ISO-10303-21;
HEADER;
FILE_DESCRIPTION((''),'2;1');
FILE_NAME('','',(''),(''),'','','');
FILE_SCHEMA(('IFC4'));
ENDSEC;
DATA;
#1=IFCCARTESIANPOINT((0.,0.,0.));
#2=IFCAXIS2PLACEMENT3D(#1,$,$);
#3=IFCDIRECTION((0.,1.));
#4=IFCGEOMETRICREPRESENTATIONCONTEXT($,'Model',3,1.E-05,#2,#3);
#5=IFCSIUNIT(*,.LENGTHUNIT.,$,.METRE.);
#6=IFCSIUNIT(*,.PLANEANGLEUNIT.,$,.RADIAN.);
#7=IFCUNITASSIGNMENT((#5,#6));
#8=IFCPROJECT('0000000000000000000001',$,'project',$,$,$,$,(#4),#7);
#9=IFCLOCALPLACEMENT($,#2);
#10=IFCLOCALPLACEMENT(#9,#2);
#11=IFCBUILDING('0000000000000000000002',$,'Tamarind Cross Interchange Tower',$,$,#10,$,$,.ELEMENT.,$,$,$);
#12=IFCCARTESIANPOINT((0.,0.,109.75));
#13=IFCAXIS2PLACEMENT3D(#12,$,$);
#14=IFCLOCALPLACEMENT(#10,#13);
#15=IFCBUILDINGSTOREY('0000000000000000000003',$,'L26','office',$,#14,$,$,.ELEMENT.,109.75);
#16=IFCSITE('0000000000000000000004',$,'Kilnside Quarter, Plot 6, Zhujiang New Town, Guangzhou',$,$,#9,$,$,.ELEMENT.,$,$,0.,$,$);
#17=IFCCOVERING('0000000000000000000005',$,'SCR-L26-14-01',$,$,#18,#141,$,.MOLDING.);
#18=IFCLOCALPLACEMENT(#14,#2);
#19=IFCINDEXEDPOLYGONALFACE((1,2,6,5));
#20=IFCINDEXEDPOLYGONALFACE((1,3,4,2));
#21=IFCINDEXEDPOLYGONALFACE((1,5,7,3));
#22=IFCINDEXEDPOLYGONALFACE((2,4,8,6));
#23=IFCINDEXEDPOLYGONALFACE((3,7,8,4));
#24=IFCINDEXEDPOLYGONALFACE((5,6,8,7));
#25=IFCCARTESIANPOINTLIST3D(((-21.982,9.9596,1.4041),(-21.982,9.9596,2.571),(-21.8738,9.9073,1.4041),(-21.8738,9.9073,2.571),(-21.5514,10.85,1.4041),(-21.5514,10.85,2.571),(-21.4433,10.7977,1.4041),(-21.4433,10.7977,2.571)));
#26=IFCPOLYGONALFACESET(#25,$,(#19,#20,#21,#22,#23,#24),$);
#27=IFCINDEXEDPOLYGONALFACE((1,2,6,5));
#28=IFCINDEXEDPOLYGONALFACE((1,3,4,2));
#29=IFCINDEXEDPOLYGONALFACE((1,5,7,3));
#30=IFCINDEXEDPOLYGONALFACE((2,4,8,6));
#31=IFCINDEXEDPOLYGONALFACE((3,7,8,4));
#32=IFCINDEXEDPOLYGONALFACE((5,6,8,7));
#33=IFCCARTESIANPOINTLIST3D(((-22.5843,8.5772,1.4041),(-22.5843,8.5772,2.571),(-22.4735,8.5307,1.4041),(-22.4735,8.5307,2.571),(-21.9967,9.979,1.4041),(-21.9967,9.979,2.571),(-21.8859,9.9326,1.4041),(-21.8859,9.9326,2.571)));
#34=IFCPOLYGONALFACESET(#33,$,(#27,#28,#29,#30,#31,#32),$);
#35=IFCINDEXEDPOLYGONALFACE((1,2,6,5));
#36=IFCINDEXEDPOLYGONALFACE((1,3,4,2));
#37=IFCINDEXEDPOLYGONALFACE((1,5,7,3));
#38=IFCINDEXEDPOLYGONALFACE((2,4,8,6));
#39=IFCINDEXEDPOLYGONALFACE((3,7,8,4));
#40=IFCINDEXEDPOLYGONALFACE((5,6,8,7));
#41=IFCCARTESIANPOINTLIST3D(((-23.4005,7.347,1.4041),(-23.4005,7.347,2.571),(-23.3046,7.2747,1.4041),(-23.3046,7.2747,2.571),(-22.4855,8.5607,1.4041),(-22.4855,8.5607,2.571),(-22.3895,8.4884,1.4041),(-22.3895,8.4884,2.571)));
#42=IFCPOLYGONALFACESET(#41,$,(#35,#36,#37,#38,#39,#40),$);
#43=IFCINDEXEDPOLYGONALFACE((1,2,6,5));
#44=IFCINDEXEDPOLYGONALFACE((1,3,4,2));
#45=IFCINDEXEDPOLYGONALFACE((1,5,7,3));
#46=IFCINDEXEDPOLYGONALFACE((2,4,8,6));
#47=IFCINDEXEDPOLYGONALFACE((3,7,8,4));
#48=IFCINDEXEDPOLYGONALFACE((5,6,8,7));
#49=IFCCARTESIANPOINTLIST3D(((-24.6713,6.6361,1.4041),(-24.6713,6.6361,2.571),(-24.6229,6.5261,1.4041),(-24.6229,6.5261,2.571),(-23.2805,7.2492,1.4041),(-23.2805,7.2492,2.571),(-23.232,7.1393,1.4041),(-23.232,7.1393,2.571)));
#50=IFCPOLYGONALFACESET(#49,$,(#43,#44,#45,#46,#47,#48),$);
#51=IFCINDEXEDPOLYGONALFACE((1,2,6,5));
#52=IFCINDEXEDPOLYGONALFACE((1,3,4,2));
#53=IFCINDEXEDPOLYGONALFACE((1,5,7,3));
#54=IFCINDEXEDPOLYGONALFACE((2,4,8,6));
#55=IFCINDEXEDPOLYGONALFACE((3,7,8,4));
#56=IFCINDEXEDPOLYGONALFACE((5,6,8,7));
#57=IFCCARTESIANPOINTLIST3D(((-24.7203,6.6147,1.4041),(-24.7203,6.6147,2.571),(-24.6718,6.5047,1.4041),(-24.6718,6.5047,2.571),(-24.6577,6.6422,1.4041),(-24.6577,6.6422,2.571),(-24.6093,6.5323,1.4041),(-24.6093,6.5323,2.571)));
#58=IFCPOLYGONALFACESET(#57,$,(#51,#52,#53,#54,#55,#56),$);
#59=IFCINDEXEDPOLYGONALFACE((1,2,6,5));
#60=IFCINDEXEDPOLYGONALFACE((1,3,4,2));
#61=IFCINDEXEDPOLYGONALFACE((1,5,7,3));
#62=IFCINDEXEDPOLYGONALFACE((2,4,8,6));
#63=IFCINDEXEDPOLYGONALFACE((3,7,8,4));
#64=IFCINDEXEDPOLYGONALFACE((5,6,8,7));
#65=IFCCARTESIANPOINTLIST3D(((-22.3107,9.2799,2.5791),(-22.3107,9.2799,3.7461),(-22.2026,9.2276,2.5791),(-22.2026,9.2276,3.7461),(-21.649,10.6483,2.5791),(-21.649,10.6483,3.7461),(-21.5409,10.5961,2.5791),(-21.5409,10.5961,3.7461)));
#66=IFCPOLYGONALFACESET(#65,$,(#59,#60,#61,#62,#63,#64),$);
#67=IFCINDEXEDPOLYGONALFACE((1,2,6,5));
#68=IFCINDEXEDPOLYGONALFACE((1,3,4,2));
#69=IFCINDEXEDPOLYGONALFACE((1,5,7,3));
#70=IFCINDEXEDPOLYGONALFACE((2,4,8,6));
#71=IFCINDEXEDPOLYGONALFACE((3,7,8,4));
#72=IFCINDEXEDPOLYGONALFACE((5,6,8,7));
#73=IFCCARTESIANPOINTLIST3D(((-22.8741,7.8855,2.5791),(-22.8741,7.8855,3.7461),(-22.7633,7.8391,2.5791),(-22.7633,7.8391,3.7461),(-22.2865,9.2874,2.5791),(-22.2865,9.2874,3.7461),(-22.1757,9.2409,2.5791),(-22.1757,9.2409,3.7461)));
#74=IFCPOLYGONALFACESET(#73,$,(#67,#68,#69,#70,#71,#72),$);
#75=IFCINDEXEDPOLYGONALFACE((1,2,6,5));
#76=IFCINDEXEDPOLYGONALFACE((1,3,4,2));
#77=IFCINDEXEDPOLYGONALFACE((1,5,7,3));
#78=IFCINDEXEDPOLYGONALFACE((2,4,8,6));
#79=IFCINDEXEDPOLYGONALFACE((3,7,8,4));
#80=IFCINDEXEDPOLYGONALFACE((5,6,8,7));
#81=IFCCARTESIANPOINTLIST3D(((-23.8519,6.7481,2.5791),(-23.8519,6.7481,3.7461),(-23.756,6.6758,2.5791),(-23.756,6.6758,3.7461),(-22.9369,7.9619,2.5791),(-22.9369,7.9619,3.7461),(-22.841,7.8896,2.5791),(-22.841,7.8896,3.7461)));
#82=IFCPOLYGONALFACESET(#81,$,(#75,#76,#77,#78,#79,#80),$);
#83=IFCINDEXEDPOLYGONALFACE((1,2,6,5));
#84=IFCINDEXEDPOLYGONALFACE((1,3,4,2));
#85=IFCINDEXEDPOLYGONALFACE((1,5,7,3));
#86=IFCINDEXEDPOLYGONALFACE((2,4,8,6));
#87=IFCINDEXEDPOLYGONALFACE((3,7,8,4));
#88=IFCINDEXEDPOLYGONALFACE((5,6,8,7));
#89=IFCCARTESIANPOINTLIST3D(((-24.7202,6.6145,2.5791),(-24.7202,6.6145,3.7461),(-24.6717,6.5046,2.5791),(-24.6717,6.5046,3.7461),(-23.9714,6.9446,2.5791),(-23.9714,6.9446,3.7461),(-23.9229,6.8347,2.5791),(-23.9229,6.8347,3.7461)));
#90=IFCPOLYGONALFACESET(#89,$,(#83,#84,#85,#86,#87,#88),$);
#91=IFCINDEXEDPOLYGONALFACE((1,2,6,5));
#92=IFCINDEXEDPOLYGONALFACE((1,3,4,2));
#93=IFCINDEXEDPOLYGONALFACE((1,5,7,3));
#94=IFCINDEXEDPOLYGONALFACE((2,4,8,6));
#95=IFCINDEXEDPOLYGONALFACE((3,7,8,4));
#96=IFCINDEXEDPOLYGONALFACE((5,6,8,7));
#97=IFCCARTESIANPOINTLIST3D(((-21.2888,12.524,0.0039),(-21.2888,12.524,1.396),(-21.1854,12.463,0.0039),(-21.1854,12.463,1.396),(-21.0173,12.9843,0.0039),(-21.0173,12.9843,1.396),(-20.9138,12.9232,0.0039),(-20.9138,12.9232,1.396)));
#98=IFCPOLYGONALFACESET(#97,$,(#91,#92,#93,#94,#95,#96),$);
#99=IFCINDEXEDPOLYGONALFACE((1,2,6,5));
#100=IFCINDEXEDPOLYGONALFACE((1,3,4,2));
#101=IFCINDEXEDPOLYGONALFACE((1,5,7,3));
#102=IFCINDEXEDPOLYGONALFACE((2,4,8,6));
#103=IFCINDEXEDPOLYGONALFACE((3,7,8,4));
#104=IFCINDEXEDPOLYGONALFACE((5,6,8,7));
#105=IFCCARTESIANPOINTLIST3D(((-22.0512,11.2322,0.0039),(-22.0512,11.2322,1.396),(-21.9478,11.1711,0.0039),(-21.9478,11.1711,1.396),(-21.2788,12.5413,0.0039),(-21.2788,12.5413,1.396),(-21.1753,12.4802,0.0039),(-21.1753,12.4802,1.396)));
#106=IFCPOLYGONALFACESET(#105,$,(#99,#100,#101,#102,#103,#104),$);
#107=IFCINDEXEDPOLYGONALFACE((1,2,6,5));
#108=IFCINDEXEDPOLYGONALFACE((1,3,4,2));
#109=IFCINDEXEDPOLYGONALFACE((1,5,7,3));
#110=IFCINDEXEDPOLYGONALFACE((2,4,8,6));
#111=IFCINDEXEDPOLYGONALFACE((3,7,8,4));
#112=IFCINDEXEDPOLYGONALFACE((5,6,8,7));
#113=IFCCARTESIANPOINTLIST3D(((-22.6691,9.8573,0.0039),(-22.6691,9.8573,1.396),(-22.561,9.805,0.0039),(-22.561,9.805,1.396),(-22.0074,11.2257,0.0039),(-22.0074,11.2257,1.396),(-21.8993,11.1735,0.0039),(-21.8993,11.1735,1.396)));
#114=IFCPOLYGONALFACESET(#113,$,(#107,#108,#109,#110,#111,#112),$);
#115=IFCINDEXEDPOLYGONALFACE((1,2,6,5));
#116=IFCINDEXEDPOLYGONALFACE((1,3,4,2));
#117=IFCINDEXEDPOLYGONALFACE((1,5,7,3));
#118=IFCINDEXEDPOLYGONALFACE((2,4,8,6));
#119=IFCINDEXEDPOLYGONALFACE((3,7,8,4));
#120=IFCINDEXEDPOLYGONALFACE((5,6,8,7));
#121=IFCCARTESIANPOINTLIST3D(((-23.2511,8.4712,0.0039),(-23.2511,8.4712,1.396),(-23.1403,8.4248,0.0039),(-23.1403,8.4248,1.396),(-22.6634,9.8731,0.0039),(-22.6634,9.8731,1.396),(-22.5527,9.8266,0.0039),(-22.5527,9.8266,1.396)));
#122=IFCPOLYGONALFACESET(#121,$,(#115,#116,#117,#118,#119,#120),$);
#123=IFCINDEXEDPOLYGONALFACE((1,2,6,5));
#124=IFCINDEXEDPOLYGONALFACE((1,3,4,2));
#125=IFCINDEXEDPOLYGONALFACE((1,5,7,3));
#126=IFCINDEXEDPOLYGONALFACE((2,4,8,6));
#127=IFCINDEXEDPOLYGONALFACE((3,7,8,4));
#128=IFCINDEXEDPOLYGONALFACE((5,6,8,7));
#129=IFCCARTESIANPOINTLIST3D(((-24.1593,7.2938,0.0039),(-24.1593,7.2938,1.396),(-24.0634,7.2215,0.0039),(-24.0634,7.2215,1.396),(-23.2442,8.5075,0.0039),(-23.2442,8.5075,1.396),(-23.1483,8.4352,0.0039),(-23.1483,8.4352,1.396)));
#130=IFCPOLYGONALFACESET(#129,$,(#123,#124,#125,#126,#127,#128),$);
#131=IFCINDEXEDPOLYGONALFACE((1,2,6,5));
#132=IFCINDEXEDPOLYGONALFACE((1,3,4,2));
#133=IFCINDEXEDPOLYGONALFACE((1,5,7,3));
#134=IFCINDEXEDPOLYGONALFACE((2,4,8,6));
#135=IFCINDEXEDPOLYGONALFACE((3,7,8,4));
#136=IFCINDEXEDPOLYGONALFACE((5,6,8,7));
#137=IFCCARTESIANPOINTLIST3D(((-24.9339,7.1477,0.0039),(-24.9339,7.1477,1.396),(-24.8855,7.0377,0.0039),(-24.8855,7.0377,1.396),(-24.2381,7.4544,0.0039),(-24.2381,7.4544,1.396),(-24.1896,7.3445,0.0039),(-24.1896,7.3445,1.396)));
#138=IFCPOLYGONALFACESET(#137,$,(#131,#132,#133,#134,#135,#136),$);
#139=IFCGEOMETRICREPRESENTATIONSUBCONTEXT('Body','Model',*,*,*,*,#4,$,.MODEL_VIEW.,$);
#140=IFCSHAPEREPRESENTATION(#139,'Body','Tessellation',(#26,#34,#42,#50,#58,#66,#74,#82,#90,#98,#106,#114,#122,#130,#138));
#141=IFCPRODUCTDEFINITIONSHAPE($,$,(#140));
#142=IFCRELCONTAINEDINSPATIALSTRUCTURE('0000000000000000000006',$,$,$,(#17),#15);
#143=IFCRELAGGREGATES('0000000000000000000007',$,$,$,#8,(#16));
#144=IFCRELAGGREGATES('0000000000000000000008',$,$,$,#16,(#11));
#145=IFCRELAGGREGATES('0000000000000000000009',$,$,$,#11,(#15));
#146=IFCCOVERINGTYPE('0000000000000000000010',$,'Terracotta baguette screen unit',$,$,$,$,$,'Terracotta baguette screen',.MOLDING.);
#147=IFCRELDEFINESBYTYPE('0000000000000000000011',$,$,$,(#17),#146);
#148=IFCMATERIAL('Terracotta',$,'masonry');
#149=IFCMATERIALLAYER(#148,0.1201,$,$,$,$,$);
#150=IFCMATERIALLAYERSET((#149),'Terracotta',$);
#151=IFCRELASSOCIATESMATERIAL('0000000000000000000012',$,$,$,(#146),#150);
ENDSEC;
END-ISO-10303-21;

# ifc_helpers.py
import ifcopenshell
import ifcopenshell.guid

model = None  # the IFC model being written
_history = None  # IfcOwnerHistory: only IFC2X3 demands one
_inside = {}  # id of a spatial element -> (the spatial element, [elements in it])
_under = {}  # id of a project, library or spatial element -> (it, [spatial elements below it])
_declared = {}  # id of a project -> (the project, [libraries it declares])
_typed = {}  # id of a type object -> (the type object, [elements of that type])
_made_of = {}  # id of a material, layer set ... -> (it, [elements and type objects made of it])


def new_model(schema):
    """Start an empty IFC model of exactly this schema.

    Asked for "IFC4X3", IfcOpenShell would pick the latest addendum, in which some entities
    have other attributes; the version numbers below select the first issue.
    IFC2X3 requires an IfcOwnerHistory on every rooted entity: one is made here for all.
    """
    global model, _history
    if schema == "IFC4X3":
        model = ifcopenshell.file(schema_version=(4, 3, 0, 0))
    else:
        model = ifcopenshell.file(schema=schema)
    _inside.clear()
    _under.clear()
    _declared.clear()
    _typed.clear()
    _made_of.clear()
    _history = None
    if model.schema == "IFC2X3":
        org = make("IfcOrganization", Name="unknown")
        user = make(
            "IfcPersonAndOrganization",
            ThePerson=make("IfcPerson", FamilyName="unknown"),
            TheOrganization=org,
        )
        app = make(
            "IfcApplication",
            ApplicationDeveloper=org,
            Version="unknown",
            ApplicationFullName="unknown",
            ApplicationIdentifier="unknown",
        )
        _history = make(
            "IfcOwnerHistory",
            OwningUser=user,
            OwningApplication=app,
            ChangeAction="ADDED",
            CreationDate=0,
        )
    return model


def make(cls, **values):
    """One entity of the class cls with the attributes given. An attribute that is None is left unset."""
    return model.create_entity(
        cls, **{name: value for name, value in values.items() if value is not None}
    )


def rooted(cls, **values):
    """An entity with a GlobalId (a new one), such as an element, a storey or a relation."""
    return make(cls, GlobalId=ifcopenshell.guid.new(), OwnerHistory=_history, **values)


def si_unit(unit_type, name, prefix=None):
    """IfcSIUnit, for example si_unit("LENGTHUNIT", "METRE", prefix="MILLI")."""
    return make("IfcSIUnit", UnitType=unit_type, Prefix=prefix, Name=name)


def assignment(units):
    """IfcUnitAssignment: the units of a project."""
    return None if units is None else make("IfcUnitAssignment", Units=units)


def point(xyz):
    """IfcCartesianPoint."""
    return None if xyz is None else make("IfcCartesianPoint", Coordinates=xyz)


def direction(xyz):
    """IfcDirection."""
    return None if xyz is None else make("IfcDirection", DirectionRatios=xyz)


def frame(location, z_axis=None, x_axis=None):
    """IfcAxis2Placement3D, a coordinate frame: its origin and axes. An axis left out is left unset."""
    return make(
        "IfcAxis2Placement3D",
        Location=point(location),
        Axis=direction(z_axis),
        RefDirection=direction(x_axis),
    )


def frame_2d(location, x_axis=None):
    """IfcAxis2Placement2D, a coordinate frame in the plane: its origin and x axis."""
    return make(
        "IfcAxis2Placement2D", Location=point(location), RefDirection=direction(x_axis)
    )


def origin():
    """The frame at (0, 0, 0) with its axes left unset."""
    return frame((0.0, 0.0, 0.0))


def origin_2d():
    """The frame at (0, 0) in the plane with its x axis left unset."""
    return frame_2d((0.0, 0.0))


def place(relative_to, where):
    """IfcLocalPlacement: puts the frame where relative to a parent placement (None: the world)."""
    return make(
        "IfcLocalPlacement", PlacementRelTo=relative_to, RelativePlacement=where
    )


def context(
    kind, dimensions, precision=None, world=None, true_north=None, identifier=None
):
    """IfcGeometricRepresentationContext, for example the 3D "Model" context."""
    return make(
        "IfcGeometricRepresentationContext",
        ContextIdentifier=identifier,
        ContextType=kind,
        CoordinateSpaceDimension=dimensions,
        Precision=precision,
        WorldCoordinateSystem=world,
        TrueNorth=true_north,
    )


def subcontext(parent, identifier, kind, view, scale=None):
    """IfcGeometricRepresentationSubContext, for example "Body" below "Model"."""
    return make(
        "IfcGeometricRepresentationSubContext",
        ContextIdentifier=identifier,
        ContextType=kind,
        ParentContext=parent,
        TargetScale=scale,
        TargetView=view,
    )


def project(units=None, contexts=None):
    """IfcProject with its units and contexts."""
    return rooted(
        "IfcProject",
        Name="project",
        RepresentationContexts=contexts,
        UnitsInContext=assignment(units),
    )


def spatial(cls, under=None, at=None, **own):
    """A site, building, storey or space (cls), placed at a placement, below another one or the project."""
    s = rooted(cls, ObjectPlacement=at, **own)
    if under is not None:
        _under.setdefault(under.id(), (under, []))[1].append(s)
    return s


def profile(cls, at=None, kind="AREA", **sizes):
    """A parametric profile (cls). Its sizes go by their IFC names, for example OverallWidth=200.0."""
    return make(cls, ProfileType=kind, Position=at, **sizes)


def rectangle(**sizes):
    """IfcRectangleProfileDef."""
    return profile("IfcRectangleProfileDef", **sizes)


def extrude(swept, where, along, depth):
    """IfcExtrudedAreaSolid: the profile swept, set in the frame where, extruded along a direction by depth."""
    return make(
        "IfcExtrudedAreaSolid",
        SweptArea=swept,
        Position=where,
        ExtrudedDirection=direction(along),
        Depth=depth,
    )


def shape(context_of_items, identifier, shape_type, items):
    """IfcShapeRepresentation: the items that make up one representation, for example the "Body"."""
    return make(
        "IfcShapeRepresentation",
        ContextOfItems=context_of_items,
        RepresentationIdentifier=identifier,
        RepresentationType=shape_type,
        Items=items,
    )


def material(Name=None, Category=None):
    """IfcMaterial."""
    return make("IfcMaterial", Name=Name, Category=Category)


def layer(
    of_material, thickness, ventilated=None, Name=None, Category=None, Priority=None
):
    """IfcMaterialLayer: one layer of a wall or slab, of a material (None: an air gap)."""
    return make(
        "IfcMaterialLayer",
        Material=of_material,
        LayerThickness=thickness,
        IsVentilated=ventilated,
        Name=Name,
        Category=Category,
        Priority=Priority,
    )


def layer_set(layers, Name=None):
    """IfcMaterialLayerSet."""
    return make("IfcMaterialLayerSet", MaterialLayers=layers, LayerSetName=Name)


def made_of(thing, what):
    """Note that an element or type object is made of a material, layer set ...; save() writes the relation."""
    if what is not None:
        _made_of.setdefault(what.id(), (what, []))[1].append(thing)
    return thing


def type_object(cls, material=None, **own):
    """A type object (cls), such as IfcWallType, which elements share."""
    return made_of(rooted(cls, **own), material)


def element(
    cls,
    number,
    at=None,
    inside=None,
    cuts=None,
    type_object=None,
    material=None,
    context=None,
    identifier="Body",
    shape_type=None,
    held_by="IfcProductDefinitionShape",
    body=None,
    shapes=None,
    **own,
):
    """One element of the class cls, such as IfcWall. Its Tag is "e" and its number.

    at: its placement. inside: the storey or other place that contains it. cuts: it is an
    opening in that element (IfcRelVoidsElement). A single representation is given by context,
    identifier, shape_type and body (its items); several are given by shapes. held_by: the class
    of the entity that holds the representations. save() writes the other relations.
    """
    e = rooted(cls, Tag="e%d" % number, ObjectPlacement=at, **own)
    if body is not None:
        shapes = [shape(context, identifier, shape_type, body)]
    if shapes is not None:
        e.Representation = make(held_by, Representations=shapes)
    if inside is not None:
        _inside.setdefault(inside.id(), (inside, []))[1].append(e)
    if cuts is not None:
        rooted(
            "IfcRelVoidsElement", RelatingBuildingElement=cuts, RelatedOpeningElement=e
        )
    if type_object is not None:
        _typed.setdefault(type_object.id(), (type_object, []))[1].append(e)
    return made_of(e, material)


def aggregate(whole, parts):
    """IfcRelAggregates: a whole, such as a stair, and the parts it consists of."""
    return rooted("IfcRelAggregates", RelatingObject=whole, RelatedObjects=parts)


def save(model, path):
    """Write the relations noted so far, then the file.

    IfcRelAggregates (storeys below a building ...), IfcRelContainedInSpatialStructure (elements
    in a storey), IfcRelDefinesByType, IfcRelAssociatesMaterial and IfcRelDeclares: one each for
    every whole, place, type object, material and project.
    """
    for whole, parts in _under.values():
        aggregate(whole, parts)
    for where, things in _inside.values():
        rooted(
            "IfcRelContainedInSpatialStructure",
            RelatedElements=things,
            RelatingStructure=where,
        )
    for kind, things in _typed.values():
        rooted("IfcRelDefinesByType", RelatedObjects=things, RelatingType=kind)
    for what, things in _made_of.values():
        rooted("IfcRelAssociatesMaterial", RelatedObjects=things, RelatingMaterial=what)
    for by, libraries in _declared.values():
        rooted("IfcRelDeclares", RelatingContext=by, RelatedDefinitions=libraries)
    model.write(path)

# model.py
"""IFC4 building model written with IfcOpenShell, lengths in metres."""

from ifc_helpers import new_model, si_unit, direction, frame, origin, origin_2d, place, context, subcontext, project, spatial, rectangle, extrude, material, layer, layer_set, type_object, element, save


model = new_model("IFC4")

# Units and contexts
model_context = context("Model", 3, precision=1e-05, world=origin(), true_north=direction((0.0, 1.0)))
body_context = subcontext(model_context, "Body", "Model", "MODEL_VIEW")
ifc_project = project(units=[si_unit("LENGTHUNIT", "METRE"), si_unit("PLANEANGLEUNIT", "RADIAN")], contexts=[model_context])

# Site, building, storey
site_placement = place(None, origin())
site = spatial("IfcSite", under=ifc_project, at=site_placement, Name="Kilnside Quarter, Plot 6, Zhujiang New Town, Guangzhou", CompositionType="ELEMENT", RefElevation=0.0)
building_placement = place(site_placement, origin())
building = spatial("IfcBuilding", under=site, at=building_placement, Name="Tamarind Cross Interchange Tower", CompositionType="ELEMENT")
storey_placement = place(building_placement, frame((0.0, 0.0, 109.75)))
storey = spatial("IfcBuildingStorey", under=building, at=storey_placement, Name="L26", Description="office", CompositionType="ELEMENT", Elevation=109.75)

# Covering
ifc_material_1 = material(Name="Terracotta", Category="masonry")
ifc_layer_1 = layer(ifc_material_1, 0.1201)
ifc_layer_set_1 = layer_set([ifc_layer_1], Name="Terracotta")
covering_type = type_object("IfcCoveringType", Name="Terracotta baguette screen unit", ElementType="Terracotta baguette screen", PredefinedType="MOLDING", material=ifc_layer_set_1)
covering_1_placement = place(storey_placement, origin())
element("IfcCovering", 1, at=covering_1_placement, inside=storey, type_object=covering_type, Name="SCR-L26-14-01", PredefinedType="MOLDING", context=body_context, shape_type="SweptSolid", body=[
    extrude(rectangle(XDim=0.989, YDim=0.1201, at=origin_2d()), frame((-21.7126, 10.3787, 1.4041), z_axis=(0.0, 0.0, 1.0), x_axis=(-0.435326, -0.900273, 0.0)), (0.0, 0.0, 1.0), 1.167),
    extrude(rectangle(XDim=1.52, YDim=0.1201, at=origin_2d()), frame((-22.2351, 9.2549, 1.4041), z_axis=(0.0, 0.0, 1.0), x_axis=(-0.386587, -0.922253, 0.0)), (0.0, 0.0, 1.0), 1.167),
    extrude(rectangle(XDim=1.52, YDim=0.1201, at=origin_2d()), frame((-22.895, 7.9177, 1.4041), z_axis=(0.0, 0.0, 1.0), x_axis=(-0.601994, -0.798501, 0.0)), (0.0, 0.0, 1.0), 1.167),
    extrude(rectangle(XDim=1.52, YDim=0.1201, at=origin_2d()), frame((-23.9517, 6.8877, 1.4041), z_axis=(0.0, 0.0, 1.0), x_axis=(-0.915017, -0.403415, 0.0)), (0.0, 0.0, 1.0), 1.167),
    extrude(rectangle(XDim=0.0684, YDim=0.1201, at=origin_2d()), frame((-24.6648, 6.5735, 1.4041), z_axis=(0.0, 0.0, 1.0), x_axis=(-0.915017, -0.403415, 0.0)), (0.0, 0.0, 1.0), 1.167),
    extrude(rectangle(XDim=1.52, YDim=0.1201, at=origin_2d()), frame((-21.9258, 9.938, 2.5791), z_axis=(0.0, 0.0, 1.0), x_axis=(-0.435326, -0.900273, 0.0)), (0.0, 0.0, 1.0), 1.167),
    extrude(rectangle(XDim=1.52, YDim=0.1201, at=origin_2d()), frame((-22.5249, 8.5632, 2.5791), z_axis=(0.0, 0.0, 1.0), x_axis=(-0.386587, -0.922253, 0.0)), (0.0, 0.0, 1.0), 1.167),
    extrude(rectangle(XDim=1.52, YDim=0.1201, at=origin_2d()), frame((-23.3464, 7.3188, 2.5791), z_axis=(0.0, 0.0, 1.0), x_axis=(-0.601994, -0.798501, 0.0)), (0.0, 0.0, 1.0), 1.167),
    extrude(rectangle(XDim=0.8184, YDim=0.1201, at=origin_2d()), frame((-24.3215, 6.7246, 2.5791), z_axis=(0.0, 0.0, 1.0), x_axis=(-0.915017, -0.403415, 0.0)), (0.0, 0.0, 1.0), 1.167),
    extrude(rectangle(XDim=0.5344, YDim=0.1201, at=origin_2d()), frame((-21.1013, 12.7236, 0.0039), z_axis=(0.0, 0.0, 1.0), x_axis=(-0.508183, -0.861249, 0.0)), (0.0, 0.0, 1.0), 1.3921),
    extrude(rectangle(XDim=1.52, YDim=0.1201, at=origin_2d()), frame((-21.6133, 11.8562, 0.0039), z_axis=(0.0, 0.0, 1.0), x_axis=(-0.508183, -0.861249, 0.0)), (0.0, 0.0, 1.0), 1.3921),
    extrude(rectangle(XDim=1.52, YDim=0.1201, at=origin_2d()), frame((-22.2842, 10.5154, 0.0039), z_axis=(0.0, 0.0, 1.0), x_axis=(-0.435326, -0.900273, 0.0)), (0.0, 0.0, 1.0), 1.3921),
    extrude(rectangle(XDim=1.52, YDim=0.1201, at=origin_2d()), frame((-22.9019, 9.1489, 0.0039), z_axis=(0.0, 0.0, 1.0), x_axis=(-0.386587, -0.922253, 0.0)), (0.0, 0.0, 1.0), 1.3921),
    extrude(rectangle(XDim=1.52, YDim=0.1201, at=origin_2d()), frame((-23.6538, 7.8645, 0.0039), z_axis=(0.0, 0.0, 1.0), x_axis=(-0.601994, -0.798501, 0.0)), (0.0, 0.0, 1.0), 1.3921),
    extrude(rectangle(XDim=0.7605, YDim=0.1201, at=origin_2d()), frame((-24.5618, 7.2461, 0.0039), z_axis=(0.0, 0.0, 1.0), x_axis=(-0.915017, -0.403415, 0.0)), (0.0, 0.0, 1.0), 1.3921),
])

save(model, "model.ifc")
